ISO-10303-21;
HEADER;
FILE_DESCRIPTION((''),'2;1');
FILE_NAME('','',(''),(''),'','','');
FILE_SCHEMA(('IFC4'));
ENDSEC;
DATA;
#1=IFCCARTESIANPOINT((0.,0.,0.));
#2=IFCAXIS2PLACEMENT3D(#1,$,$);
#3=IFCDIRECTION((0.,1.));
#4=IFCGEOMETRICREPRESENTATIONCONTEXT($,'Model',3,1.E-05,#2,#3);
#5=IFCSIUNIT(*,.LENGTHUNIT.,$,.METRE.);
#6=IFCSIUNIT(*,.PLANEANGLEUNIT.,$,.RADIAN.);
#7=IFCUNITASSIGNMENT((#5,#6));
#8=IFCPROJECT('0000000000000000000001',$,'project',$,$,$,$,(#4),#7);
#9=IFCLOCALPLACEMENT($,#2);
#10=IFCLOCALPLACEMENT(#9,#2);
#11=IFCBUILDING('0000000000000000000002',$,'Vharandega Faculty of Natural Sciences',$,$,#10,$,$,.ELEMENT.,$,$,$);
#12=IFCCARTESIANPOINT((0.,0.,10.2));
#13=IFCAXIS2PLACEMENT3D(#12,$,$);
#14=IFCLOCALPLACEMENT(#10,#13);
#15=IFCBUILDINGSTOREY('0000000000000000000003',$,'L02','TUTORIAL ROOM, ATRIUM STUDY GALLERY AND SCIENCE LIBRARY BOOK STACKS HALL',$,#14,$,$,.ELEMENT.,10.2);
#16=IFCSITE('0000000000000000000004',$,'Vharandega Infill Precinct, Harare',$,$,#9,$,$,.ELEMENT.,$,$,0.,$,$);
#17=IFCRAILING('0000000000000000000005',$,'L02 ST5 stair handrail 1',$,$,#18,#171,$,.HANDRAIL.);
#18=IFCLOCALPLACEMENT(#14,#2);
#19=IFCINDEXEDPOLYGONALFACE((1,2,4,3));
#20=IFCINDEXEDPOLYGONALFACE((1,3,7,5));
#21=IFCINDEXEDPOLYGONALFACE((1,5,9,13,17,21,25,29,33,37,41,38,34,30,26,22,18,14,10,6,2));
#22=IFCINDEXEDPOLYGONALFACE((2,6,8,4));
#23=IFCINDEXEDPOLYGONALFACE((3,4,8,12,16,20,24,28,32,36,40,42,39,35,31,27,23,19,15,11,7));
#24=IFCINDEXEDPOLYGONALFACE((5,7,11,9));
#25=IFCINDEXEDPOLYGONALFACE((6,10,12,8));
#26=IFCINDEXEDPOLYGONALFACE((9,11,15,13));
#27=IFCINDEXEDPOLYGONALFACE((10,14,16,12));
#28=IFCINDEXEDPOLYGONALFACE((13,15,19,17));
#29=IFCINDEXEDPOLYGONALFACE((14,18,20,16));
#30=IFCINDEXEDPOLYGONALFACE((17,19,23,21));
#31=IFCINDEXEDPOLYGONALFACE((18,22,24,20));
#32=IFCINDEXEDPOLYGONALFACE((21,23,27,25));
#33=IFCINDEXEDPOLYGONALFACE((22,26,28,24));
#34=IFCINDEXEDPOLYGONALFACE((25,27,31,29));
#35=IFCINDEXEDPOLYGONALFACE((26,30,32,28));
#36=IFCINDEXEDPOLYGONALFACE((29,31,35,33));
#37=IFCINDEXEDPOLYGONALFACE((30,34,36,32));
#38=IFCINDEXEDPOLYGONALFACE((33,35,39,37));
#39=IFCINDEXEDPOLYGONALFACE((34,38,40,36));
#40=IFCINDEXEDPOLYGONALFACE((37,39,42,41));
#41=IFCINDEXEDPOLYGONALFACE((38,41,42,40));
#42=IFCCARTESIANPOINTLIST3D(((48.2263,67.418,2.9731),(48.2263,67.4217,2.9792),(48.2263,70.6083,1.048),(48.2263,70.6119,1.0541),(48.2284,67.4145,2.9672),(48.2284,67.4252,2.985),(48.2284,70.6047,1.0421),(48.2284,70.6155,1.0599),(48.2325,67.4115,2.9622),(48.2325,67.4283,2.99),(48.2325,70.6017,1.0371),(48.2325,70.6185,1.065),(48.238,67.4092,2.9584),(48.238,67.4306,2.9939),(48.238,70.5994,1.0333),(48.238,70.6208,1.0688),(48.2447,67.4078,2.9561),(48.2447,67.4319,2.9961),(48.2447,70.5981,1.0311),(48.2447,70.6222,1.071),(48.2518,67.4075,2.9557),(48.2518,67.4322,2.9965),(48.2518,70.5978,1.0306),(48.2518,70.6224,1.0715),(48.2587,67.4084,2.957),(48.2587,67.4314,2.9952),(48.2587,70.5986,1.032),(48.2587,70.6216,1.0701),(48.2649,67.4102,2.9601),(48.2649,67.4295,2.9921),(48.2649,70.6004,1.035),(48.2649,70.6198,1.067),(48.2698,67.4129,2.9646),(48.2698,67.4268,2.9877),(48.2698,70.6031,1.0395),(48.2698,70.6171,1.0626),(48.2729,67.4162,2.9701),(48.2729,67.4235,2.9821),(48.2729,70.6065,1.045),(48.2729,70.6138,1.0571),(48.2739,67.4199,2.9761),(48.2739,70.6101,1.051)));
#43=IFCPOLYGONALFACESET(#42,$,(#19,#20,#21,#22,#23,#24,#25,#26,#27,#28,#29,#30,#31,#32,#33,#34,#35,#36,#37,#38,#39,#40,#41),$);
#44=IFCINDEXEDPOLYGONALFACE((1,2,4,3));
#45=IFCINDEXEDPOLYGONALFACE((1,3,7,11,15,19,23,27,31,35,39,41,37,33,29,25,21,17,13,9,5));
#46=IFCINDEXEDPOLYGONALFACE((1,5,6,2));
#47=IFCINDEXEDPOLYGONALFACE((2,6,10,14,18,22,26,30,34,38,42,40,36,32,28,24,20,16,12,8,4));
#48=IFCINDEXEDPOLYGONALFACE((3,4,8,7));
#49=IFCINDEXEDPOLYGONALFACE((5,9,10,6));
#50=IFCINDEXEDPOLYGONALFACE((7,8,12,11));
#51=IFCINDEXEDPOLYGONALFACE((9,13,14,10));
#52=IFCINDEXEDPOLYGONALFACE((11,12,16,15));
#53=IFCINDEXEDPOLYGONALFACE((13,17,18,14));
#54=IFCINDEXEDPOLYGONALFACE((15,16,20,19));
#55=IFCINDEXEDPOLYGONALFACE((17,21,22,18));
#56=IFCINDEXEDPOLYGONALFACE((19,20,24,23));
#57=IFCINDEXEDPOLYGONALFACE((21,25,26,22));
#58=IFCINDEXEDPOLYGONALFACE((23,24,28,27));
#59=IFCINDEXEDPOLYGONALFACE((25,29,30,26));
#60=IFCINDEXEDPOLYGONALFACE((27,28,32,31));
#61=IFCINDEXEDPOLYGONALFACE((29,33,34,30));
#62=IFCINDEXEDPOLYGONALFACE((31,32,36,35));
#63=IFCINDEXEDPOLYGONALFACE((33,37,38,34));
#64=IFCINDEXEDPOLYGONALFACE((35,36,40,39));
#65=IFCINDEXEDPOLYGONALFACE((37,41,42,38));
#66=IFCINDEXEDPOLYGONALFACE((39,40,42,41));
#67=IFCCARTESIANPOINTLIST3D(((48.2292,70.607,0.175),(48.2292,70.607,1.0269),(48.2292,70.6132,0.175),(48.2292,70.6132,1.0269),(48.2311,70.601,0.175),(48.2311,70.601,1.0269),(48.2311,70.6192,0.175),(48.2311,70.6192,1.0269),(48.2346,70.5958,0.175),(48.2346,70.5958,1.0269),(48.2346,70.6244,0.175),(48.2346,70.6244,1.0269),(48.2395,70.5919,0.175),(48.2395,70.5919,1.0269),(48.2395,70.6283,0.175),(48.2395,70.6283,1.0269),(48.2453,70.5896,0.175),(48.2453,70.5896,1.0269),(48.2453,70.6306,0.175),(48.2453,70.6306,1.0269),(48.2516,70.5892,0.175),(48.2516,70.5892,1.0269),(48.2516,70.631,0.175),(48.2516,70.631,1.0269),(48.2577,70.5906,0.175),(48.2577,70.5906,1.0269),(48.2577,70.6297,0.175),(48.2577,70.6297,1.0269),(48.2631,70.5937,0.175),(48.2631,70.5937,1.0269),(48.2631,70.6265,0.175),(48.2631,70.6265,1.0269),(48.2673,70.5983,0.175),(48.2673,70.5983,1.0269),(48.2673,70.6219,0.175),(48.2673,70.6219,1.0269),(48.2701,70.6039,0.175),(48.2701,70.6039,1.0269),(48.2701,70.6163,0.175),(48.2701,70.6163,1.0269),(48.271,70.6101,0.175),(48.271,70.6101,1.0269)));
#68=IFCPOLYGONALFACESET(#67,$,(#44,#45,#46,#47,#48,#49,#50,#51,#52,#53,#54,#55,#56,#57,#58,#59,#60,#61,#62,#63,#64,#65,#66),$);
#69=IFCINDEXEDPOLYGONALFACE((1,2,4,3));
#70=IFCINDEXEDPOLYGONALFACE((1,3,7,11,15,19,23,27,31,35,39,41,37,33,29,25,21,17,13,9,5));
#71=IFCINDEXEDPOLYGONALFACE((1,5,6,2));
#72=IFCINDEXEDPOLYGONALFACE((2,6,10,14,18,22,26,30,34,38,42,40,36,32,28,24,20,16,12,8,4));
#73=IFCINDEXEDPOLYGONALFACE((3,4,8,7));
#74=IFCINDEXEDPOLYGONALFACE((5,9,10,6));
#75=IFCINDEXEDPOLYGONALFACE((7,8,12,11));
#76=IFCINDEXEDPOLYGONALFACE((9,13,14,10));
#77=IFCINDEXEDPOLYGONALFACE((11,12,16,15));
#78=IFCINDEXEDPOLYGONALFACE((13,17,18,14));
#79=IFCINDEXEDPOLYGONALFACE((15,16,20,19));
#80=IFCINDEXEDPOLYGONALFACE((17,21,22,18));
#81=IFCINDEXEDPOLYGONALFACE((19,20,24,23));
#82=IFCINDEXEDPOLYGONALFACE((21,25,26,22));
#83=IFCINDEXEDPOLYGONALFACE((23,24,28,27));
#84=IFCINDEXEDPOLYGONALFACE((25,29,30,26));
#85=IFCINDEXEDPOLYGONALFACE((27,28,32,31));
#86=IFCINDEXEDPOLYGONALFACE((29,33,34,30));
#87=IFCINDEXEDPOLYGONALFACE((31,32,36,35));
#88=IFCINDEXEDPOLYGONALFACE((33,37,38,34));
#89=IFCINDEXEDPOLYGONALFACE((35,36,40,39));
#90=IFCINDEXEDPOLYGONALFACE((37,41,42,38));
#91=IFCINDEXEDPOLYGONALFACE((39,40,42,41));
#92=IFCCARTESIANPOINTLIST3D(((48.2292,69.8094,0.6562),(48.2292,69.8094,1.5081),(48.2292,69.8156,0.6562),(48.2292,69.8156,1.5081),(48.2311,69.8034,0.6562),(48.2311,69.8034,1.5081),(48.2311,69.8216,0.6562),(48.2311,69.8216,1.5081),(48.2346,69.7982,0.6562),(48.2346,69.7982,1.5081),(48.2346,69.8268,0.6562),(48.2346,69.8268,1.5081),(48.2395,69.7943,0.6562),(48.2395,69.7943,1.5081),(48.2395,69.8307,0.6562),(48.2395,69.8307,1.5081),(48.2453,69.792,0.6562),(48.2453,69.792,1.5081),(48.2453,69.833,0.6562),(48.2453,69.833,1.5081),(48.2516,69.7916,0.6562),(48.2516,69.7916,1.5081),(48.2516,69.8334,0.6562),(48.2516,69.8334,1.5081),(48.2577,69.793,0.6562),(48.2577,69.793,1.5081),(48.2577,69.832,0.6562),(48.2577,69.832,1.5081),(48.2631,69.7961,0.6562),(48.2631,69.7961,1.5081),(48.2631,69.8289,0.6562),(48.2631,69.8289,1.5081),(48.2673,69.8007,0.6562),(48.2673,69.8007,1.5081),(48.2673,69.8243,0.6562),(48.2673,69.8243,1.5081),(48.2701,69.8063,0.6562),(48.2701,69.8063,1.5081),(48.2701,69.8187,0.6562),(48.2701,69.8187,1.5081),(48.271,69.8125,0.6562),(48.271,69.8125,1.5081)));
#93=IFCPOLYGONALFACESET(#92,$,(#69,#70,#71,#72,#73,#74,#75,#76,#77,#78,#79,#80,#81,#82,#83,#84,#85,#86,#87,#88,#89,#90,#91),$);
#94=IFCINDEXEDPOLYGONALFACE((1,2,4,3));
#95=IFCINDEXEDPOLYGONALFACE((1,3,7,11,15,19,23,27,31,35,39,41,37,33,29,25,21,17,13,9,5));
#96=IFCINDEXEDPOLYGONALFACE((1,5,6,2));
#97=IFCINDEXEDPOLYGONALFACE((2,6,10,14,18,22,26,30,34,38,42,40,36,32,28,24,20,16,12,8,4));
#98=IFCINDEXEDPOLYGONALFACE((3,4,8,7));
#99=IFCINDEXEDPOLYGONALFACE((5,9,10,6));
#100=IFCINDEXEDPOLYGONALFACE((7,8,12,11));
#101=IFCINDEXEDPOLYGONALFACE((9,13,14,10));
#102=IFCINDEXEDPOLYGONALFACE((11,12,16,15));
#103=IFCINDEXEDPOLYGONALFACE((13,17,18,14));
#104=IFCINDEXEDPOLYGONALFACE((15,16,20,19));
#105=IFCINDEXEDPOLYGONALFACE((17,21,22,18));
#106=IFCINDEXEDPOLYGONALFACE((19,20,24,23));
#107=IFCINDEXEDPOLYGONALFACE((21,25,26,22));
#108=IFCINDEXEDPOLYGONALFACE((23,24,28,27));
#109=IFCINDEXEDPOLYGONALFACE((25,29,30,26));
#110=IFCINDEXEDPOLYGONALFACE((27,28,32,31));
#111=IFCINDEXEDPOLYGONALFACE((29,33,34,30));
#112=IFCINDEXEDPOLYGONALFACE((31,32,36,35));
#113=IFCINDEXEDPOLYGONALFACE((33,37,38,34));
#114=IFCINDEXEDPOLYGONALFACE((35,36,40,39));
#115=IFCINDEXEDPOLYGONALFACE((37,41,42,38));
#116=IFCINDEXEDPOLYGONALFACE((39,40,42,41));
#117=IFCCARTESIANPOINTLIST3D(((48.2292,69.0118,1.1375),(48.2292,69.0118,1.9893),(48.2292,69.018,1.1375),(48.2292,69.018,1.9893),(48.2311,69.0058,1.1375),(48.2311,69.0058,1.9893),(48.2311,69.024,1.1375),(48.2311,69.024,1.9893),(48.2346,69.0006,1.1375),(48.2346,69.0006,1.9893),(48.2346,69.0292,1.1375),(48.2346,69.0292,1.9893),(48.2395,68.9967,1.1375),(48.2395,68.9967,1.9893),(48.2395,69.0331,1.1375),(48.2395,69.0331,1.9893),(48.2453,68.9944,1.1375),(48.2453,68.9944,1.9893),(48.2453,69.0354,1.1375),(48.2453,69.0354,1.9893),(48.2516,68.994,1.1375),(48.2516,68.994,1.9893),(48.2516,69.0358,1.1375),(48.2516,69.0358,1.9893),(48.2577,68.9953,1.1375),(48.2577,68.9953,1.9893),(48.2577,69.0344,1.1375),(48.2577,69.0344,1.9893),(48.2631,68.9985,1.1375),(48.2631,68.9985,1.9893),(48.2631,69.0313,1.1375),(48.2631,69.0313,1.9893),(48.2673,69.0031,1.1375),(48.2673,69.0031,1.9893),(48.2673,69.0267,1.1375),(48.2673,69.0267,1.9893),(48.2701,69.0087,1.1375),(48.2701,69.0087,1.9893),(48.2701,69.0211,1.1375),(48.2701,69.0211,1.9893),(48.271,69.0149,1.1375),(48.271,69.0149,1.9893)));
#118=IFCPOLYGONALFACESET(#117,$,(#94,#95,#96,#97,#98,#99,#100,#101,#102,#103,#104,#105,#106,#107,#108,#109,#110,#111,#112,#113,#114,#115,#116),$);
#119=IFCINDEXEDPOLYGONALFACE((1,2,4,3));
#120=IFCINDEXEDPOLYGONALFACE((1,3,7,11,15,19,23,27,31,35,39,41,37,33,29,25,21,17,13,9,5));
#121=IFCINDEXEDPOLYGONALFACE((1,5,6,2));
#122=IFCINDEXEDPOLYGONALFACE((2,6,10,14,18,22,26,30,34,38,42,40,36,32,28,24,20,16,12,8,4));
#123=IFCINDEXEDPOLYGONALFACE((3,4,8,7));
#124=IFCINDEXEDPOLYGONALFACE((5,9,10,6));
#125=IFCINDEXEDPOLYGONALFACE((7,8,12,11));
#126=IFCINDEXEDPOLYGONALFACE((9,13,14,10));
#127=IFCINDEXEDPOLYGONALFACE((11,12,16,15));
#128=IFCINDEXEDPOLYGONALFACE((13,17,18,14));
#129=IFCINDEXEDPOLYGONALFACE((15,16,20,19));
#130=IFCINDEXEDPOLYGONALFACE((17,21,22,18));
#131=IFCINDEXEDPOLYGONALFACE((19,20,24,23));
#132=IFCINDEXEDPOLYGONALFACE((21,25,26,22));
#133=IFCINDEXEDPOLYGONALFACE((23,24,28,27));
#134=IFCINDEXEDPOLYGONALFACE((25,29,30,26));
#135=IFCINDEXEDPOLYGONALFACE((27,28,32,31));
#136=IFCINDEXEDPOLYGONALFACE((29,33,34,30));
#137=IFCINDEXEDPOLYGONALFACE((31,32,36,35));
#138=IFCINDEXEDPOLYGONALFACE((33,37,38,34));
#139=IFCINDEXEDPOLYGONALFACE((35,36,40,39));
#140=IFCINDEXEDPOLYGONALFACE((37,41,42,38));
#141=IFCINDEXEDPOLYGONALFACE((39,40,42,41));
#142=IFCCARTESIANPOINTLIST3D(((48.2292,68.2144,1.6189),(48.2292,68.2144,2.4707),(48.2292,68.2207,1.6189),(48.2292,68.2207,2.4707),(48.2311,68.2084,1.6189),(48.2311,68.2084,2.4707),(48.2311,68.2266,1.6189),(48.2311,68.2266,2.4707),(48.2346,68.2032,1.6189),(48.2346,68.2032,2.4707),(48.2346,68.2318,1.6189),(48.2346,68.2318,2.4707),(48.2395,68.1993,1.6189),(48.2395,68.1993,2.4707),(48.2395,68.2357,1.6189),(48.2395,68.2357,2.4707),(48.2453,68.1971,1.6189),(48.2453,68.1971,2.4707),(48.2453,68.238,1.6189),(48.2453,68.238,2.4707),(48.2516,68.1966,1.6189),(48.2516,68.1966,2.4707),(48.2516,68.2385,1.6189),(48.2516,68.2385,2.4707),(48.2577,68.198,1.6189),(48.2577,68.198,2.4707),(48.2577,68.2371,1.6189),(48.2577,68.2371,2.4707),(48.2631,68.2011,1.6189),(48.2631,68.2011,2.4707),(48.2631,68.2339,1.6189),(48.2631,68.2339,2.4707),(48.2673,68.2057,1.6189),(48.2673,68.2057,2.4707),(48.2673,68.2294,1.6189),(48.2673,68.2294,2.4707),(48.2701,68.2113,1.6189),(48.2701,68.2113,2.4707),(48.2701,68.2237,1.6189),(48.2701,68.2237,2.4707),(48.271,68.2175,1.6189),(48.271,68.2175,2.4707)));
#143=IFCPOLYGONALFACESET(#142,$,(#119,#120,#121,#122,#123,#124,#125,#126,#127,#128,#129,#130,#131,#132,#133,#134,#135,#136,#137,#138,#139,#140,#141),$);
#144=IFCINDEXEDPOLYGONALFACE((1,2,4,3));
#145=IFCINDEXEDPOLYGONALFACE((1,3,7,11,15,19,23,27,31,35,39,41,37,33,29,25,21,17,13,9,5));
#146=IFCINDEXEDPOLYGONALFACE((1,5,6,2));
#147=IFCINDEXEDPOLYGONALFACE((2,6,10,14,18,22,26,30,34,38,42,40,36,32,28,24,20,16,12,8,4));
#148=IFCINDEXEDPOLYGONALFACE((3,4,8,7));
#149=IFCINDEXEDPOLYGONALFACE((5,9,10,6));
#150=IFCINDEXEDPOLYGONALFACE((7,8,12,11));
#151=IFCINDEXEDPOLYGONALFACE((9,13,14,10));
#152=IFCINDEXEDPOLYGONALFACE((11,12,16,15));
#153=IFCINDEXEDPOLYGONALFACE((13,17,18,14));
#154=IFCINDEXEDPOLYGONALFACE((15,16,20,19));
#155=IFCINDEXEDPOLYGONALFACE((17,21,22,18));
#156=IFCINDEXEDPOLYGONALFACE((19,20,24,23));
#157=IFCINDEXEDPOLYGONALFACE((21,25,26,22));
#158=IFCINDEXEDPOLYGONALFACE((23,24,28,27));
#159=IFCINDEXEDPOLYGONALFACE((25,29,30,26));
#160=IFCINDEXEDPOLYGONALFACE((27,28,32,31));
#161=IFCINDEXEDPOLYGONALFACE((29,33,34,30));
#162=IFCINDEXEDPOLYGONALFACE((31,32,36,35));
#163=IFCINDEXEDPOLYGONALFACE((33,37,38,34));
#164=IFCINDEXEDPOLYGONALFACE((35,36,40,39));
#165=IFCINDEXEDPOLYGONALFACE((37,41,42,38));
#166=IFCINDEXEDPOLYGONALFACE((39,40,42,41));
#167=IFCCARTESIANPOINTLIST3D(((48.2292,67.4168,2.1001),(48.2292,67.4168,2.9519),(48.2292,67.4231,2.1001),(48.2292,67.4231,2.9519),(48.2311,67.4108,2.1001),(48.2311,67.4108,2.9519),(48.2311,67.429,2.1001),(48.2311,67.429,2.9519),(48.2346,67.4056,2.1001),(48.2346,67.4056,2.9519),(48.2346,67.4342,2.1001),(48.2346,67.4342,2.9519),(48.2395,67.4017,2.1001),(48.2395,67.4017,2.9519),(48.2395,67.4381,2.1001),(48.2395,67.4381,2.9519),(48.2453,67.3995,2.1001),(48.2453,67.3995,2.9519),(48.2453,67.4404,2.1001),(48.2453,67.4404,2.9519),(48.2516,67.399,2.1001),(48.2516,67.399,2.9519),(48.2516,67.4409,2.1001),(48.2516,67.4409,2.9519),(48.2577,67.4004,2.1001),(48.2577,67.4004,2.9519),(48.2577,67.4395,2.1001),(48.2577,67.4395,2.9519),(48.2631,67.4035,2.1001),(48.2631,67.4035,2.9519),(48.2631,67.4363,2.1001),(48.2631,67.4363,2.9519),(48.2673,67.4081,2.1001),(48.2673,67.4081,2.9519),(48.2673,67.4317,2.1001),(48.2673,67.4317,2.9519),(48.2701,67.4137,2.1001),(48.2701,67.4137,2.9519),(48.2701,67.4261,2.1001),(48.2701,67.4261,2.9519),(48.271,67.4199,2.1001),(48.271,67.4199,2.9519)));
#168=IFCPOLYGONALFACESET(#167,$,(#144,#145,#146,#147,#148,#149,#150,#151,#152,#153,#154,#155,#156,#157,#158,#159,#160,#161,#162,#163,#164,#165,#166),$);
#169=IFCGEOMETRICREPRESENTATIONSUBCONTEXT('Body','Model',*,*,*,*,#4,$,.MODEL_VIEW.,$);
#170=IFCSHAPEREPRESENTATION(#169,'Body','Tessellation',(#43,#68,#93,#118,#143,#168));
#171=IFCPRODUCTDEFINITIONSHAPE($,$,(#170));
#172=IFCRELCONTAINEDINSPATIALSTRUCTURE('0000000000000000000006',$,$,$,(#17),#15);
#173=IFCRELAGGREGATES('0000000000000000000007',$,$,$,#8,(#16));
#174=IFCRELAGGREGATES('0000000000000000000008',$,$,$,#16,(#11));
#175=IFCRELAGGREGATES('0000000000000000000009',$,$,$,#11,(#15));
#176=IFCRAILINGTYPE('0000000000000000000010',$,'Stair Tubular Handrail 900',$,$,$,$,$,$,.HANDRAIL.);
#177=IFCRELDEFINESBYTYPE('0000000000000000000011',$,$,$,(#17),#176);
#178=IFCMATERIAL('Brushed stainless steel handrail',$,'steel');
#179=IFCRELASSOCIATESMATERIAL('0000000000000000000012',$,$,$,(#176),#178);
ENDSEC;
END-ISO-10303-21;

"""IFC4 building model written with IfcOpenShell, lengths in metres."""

from ifc_helpers import new_model, si_unit, direction, frame, origin, origin_2d, place, context, subcontext, project, spatial, circle, extrude, material, type_object, element, save


model = new_model("IFC4")

# Units and contexts
model_context = context("Model", 3, precision=1e-05, world=origin(), true_north=direction((0.0, 1.0)))
body_context = subcontext(model_context, "Body", "Model", "MODEL_VIEW")
ifc_project = project(units=[si_unit("LENGTHUNIT", "METRE"), si_unit("PLANEANGLEUNIT", "RADIAN")], contexts=[model_context])

# Site, building, storey
site_placement = place(None, origin())
site = spatial("IfcSite", under=ifc_project, at=site_placement, Name="Vharandega Infill Precinct, Harare", CompositionType="ELEMENT", RefElevation=0.0)
building_placement = place(site_placement, origin())
building = spatial("IfcBuilding", under=site, at=building_placement, Name="Vharandega Faculty of Natural Sciences", CompositionType="ELEMENT")
storey_placement = place(building_placement, frame((0.0, 0.0, 10.2)))
storey = spatial("IfcBuildingStorey", under=building, at=storey_placement, Name="L02", Description="TUTORIAL ROOM, ATRIUM STUDY GALLERY AND SCIENCE LIBRARY BOOK STACKS HALL", CompositionType="ELEMENT", Elevation=10.2)

# Railing
ifc_material_1 = material(Name="Brushed stainless steel handrail", Category="steel")
railing_type_1 = type_object("IfcRailingType", Name="Stair Tubular Handrail 900", PredefinedType="HANDRAIL", material=ifc_material_1)
railing_1_placement = place(storey_placement, frame((48.25, 70.6101, 0.175)))
element("IfcRailing", 1, at=railing_1_placement, inside=storey, type_object=railing_type_1, Name="L02 ST5 stair handrail 1", PredefinedType="HANDRAIL", context=body_context, shape_type="SweptSolid", body=[
    extrude(circle(Radius=0.0239, at=origin_2d()), frame((0.0, 0.0, 0.876), z_axis=(0.0, -0.856195, 0.516653), x_axis=(1.0, 0.0, 0.0)), (0.0, 0.0, 1.0), 3.7261),
    extrude(circle(Radius=0.021, at=origin_2d()), origin(), (0.0, 0.0, 1.0), 0.8518),
    extrude(circle(Radius=0.021, at=origin_2d()), frame((0.0, -0.7976, 0.4812)), (0.0, 0.0, 1.0), 0.8518),
    extrude(circle(Radius=0.021, at=origin_2d()), frame((0.0, -1.5952, 0.9624)), (0.0, 0.0, 1.0), 0.8518),
    extrude(circle(Radius=0.021, at=origin_2d()), frame((0.0, -2.3926, 1.4438)), (0.0, 0.0, 1.0), 0.8518),
    extrude(circle(Radius=0.021, at=origin_2d()), frame((0.0, -3.1902, 1.925)), (0.0, 0.0, 1.0), 0.8518),
])

save(model, "model.ifc")
